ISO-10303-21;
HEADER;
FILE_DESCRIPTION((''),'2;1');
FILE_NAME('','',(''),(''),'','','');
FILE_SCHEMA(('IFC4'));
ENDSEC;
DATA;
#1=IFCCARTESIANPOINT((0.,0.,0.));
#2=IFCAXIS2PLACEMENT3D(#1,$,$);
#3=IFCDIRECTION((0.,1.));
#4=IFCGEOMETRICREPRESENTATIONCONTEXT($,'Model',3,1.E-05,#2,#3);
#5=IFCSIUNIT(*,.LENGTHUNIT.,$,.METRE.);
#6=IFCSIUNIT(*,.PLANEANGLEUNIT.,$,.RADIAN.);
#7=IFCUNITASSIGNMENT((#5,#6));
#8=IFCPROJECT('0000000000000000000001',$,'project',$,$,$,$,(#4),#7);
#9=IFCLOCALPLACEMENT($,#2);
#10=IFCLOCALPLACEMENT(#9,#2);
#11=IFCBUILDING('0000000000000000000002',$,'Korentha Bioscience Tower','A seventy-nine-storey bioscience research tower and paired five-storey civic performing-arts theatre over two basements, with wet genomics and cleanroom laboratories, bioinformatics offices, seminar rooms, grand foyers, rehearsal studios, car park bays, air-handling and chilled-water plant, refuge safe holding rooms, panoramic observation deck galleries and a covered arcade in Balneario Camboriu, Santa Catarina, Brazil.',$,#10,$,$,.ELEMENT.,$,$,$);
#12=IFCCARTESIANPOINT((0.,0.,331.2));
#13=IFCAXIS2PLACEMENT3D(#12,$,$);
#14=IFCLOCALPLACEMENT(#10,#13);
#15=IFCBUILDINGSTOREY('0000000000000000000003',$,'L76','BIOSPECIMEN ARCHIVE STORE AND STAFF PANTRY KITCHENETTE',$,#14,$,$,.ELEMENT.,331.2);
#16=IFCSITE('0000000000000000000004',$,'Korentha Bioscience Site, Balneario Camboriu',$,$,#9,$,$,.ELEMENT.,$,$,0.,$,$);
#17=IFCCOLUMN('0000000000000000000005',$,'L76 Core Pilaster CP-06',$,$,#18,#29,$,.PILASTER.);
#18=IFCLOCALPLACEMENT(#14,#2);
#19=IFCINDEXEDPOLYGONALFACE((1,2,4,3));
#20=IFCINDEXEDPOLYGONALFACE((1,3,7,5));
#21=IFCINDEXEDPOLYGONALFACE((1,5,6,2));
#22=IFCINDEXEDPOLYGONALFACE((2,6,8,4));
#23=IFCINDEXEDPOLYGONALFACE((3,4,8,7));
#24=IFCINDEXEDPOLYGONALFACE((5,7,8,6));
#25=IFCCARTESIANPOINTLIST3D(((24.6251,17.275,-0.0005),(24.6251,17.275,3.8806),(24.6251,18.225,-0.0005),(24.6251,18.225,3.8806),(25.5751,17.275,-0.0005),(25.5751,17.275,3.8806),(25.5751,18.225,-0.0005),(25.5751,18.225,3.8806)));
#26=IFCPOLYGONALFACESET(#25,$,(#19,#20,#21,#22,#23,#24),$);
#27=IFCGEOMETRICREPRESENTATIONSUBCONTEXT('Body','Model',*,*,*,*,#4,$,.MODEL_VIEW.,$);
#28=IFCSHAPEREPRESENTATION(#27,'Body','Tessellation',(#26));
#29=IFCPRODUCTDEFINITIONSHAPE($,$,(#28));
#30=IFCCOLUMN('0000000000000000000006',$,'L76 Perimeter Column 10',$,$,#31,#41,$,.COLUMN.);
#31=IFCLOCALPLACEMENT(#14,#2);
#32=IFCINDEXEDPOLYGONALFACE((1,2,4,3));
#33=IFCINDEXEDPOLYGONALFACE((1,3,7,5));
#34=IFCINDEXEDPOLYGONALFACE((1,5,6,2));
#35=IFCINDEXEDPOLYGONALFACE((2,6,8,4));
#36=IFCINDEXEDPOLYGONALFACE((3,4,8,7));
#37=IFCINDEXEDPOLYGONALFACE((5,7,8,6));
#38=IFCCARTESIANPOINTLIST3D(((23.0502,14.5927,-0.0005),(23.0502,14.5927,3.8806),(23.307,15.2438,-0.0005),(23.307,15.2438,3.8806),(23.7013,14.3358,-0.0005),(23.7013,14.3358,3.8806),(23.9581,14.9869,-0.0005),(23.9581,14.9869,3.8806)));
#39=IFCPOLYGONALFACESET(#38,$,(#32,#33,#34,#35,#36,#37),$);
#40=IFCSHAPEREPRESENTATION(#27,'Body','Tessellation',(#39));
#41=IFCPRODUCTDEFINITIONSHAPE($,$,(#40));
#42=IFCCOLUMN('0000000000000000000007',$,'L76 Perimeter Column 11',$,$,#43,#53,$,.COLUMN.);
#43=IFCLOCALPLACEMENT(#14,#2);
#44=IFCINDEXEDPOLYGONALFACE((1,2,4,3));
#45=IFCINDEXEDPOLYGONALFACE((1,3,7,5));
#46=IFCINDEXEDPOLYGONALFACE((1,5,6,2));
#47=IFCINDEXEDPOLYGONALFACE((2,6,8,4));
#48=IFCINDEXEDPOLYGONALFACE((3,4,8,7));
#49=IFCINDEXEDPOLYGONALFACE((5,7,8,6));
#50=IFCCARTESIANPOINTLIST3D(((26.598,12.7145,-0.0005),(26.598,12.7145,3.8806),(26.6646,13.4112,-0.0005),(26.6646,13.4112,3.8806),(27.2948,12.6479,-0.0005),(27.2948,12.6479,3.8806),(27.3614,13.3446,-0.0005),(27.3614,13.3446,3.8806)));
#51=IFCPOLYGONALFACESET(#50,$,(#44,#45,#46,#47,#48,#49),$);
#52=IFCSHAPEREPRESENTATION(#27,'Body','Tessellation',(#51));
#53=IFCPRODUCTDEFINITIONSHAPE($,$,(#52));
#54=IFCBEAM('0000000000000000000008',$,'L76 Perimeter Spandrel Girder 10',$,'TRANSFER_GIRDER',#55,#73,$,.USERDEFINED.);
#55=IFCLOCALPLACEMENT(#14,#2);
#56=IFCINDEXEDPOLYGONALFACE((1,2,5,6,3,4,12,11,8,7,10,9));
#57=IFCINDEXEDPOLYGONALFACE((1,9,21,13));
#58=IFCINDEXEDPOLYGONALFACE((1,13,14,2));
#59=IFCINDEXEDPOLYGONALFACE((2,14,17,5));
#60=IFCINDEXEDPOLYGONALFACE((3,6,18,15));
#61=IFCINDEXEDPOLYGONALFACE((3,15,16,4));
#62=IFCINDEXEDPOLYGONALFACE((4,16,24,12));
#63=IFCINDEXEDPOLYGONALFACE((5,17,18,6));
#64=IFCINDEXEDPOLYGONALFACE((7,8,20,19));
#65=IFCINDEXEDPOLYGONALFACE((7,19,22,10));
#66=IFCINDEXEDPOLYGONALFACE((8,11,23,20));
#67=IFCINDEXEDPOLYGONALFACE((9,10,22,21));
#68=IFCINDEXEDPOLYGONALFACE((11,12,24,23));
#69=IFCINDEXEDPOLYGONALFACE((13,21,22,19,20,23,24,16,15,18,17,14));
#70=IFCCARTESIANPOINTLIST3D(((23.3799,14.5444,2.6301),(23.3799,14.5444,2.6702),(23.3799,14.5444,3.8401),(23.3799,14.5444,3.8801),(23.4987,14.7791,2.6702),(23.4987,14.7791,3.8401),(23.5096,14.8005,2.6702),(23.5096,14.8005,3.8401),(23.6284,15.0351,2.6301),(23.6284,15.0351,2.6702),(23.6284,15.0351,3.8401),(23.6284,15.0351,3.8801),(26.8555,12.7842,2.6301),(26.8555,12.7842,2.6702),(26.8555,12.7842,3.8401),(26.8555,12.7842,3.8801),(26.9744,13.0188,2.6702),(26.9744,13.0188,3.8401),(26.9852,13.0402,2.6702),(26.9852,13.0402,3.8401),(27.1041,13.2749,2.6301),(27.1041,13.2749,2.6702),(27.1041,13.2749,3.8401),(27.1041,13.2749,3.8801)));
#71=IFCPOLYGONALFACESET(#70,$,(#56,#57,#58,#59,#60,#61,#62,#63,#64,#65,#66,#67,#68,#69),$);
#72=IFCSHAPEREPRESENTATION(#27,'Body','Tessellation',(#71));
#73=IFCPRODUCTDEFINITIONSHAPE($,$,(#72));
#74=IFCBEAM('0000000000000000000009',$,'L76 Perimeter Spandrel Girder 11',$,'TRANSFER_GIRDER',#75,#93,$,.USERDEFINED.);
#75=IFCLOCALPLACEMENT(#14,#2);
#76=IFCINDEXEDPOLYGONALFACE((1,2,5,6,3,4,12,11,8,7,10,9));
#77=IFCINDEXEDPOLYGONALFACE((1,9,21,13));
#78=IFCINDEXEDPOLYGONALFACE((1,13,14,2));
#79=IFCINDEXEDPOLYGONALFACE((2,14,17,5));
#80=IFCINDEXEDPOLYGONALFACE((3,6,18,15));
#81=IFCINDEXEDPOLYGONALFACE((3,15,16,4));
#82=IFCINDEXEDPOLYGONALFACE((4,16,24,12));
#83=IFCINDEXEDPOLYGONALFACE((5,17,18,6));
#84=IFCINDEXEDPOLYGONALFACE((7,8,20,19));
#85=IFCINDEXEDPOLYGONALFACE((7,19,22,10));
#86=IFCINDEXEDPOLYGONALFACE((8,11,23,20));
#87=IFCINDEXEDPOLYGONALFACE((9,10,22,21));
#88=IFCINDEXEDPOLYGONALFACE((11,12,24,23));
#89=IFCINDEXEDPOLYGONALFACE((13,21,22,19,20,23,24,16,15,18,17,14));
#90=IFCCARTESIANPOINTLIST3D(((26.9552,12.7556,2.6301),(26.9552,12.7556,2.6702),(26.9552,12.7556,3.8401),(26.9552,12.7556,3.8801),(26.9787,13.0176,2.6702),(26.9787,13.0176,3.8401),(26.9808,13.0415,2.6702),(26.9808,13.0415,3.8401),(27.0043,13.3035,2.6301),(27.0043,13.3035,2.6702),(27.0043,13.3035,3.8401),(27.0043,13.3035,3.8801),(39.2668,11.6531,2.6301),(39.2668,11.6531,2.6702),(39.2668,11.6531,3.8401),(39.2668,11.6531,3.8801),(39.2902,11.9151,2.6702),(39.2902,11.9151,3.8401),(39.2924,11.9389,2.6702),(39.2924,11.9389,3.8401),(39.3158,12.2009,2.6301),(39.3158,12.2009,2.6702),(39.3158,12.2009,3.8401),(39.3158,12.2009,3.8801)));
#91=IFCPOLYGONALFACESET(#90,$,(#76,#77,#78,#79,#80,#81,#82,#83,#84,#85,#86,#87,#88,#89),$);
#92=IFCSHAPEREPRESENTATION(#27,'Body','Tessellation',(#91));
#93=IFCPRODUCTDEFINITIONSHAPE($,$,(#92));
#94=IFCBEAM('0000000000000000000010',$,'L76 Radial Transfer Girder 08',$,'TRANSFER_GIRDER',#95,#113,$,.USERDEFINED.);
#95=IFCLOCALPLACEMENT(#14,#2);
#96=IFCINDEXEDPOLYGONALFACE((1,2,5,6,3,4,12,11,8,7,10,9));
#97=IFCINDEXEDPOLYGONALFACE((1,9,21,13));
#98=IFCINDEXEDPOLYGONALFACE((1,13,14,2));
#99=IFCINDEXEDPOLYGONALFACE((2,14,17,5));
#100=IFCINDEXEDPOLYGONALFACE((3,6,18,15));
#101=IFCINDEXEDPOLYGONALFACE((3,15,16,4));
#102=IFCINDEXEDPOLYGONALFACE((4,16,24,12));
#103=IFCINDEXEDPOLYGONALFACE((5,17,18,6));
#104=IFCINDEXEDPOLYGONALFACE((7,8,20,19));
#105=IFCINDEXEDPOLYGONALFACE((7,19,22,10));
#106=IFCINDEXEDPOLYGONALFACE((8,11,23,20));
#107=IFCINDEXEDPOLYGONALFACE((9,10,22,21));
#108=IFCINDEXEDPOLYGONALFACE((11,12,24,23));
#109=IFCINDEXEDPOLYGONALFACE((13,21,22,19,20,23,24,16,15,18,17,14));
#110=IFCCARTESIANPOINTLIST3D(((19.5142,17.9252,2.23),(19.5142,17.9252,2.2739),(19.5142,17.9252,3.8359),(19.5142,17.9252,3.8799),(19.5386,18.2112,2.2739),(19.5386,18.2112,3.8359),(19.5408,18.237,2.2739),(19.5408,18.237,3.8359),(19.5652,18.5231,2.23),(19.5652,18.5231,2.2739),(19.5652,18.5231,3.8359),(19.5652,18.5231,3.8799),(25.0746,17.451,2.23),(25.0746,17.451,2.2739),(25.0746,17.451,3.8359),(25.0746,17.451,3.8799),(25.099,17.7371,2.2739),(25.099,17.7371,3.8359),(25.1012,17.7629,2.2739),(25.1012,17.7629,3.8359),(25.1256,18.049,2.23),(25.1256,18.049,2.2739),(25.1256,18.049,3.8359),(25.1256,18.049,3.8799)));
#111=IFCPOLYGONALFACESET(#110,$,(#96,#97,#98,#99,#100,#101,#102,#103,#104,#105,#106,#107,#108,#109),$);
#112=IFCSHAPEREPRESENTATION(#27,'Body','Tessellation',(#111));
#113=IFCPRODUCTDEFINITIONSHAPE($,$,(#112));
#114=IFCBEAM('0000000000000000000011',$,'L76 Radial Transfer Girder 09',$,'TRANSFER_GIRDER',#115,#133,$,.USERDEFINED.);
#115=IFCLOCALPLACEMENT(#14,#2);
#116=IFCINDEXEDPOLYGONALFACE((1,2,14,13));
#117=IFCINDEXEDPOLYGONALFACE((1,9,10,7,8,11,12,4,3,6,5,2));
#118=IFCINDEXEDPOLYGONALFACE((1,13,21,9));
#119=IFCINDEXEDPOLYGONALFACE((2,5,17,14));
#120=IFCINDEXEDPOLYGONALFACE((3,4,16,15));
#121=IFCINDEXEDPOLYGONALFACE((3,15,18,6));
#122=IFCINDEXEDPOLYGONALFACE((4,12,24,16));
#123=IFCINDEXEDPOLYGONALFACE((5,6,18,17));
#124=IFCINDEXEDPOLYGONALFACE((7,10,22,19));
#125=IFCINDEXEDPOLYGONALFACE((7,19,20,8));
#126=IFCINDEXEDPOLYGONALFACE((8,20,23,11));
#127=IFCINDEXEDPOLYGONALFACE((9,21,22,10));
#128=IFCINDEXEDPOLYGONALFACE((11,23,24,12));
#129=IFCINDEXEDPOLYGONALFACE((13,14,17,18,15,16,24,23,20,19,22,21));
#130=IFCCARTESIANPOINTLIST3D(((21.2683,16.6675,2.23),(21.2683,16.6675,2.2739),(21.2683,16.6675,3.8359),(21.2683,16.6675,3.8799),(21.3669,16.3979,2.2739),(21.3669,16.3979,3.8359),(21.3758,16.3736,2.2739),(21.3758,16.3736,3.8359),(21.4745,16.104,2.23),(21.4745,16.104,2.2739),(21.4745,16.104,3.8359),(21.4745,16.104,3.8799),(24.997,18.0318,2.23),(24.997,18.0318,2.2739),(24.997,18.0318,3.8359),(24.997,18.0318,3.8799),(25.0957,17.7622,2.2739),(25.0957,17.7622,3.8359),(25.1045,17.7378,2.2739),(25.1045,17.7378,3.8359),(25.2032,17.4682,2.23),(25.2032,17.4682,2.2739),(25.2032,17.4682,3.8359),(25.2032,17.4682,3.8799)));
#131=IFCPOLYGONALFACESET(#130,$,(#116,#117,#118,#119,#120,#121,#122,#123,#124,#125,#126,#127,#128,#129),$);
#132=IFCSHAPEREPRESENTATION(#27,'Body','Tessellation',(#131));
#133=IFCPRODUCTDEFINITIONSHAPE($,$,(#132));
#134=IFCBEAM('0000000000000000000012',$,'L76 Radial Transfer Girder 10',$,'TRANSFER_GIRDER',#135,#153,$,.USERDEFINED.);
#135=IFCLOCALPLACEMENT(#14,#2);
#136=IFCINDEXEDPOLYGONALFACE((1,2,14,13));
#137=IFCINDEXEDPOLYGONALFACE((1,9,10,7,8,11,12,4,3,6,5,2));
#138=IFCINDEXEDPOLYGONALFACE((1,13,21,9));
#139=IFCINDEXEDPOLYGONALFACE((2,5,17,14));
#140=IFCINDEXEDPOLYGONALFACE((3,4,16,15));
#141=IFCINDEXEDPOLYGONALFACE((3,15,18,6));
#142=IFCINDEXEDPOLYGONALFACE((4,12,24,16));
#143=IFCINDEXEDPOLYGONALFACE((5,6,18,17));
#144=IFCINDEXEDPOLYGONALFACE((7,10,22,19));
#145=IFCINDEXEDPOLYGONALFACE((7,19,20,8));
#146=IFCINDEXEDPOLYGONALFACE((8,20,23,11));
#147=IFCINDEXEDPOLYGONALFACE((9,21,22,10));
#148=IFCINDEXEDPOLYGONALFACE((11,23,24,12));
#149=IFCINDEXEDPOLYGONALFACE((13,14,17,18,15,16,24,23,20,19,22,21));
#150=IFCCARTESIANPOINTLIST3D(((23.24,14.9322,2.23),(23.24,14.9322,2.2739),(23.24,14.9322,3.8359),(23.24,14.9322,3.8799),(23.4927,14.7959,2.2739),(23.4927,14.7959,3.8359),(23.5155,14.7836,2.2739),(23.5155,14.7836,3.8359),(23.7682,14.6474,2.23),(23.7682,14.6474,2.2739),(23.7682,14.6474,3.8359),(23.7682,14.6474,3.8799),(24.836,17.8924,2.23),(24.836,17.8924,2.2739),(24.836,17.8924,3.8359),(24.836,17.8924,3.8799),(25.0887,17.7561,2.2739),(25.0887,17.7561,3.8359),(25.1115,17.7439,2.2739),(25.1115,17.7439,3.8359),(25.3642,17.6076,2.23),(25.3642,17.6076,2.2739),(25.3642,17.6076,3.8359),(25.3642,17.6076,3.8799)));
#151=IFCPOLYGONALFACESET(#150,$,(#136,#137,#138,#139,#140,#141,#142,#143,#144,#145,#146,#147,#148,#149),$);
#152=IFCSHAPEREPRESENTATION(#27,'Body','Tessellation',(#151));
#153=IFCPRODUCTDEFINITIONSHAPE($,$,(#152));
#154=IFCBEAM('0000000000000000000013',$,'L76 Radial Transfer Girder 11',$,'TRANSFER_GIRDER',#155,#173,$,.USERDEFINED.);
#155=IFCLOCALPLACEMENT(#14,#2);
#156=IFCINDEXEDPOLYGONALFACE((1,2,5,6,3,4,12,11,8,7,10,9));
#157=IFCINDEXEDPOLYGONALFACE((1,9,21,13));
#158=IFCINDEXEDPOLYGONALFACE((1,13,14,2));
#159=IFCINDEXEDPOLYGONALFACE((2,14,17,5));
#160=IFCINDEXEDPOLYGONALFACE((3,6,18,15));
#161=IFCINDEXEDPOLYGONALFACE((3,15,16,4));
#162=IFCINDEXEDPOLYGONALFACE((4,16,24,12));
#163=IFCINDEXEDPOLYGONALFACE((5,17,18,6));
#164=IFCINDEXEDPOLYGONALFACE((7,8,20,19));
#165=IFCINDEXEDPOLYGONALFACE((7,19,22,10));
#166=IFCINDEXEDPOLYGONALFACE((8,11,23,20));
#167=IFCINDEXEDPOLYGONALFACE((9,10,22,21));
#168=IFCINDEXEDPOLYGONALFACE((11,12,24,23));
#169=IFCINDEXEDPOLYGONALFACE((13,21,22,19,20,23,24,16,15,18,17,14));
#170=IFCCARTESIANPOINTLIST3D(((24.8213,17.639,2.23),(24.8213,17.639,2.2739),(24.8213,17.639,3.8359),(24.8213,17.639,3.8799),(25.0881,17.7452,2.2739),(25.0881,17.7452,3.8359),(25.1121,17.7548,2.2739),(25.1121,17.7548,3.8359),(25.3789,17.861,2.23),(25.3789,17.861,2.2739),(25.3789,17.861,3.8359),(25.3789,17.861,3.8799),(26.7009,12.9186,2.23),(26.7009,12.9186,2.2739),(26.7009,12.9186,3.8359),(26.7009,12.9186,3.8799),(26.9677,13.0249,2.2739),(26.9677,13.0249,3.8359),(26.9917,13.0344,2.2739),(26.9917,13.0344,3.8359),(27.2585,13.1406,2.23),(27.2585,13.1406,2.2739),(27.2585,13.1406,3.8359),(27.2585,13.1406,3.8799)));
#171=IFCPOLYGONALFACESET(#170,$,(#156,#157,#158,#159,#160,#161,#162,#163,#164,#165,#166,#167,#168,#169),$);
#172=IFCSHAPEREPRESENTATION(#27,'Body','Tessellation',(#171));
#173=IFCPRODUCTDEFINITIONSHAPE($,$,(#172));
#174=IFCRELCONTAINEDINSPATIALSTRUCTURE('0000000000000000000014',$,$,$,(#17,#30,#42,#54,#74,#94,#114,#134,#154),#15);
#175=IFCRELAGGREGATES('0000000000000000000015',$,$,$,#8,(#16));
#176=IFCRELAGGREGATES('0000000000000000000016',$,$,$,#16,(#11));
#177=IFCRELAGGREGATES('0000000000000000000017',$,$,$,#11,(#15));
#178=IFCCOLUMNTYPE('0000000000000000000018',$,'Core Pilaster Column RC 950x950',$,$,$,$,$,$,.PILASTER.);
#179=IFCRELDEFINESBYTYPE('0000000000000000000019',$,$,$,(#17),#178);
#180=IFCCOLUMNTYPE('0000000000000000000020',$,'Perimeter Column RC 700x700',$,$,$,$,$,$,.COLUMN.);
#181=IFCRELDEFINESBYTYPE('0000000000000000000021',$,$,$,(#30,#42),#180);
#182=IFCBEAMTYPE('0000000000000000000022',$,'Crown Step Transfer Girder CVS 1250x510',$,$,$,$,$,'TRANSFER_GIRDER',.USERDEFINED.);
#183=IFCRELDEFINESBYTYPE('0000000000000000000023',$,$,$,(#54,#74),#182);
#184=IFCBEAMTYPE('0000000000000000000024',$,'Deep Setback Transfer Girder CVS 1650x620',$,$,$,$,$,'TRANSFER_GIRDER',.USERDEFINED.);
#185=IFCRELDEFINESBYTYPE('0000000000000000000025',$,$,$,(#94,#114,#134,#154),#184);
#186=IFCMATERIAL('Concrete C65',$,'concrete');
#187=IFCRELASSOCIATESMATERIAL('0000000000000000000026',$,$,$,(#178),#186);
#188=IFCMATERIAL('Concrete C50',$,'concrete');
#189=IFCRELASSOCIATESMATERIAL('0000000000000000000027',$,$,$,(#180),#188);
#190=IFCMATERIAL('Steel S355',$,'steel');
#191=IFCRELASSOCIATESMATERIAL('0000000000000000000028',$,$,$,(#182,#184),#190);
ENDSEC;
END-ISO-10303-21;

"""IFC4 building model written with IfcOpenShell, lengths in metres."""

from ifc_helpers import new_model, si_unit, direction, frame, origin, origin_2d, place, context, subcontext, project, spatial, rectangle, i_section, extrude, material, material_profile, profile_set, type_object, element, save


model = new_model("IFC4")

# Units and contexts
model_context = context("Model", 3, precision=1e-05, world=origin(), true_north=direction((0.0, 1.0)))
body_context = subcontext(model_context, "Body", "Model", "MODEL_VIEW")
ifc_project = project(units=[si_unit("LENGTHUNIT", "METRE"), si_unit("PLANEANGLEUNIT", "RADIAN")], contexts=[model_context])

# Site, building, storey
site_placement = place(None, origin())
site = spatial("IfcSite", under=ifc_project, at=site_placement, Name="Korentha Bioscience Site, Balneario Camboriu", CompositionType="ELEMENT", RefElevation=0.0)
building_placement = place(site_placement, origin())
building = spatial("IfcBuilding", under=site, at=building_placement, Name="Korentha Bioscience Tower", Description="A seventy-nine-storey bioscience research tower and paired five-storey civic performing-arts theatre over two basements, with wet genomics and cleanroom laboratories, bioinformatics offices, seminar rooms, grand foyers, rehearsal studios, car park bays, air-handling and chilled-water plant, refuge safe holding rooms, panoramic observation deck galleries and a covered arcade in Balneario Camboriu, Santa Catarina, Brazil.", CompositionType="ELEMENT")
storey_placement = place(building_placement, frame((0.0, 0.0, 331.2)))
storey = spatial("IfcBuildingStorey", under=building, at=storey_placement, Name="L76", Description="BIOSPECIMEN ARCHIVE STORE AND STAFF PANTRY KITCHENETTE", CompositionType="ELEMENT", Elevation=331.2)

# Columns
ifc_material_1 = material(Name="Concrete C65", Category="concrete")
ifc_material_profile_1 = material_profile(ifc_material_1, rectangle(XDim=0.95, YDim=0.95, at=origin_2d()), Name="Concrete C65")
ifc_profile_set_1 = profile_set([ifc_material_profile_1], Name="Concrete C65 (COL-CP09)")
column_type_1 = type_object("IfcColumnType", Name="Core Pilaster Column RC 950x950", PredefinedType="PILASTER", material=ifc_profile_set_1)
column_placement = place(storey_placement, frame((25.1001, 17.75, -0.0005), z_axis=(0.0, 0.0, 1.0), x_axis=(1.0, 0.0, 0.0)))
element("IfcColumn", 1, at=column_placement, inside=storey, type_object=column_type_1, Name="L76 Core Pilaster CP-06", PredefinedType="PILASTER", context=body_context, shape_type="SweptSolid", body=[
    extrude(rectangle(XDim=0.95, YDim=0.95, at=origin_2d()), origin(), (0.0, 0.0, 1.0), 3.8811),
])
ifc_material_2 = material(Name="Concrete C50", Category="concrete")
ifc_material_profile_2 = material_profile(ifc_material_2, rectangle(XDim=0.7, YDim=0.7, at=origin_2d()), Name="Concrete C50")
ifc_profile_set_2 = profile_set([ifc_material_profile_2], Name="Concrete C50 (COL-P07)")
column_type_2 = type_object("IfcColumnType", Name="Perimeter Column RC 700x700", PredefinedType="COLUMN", material=ifc_profile_set_2)
for number, where, z_axis, x_axis, name in (
    (2, (23.5042, 14.7898, -0.0005), (0.0, 0.0, 1.0), (-0.930226, 0.366988, 0.0), "L76 Perimeter Column 10"),
    (3, (26.9797, 13.0295, -0.0005), (0.0, 0.0, 1.0), (-0.995463, 0.095151, 0.0), "L76 Perimeter Column 11"),
):
    element("IfcColumn", number, at=place(storey_placement, frame(where, z_axis=z_axis, x_axis=x_axis)), inside=storey, type_object=column_type_2, Name=name, PredefinedType="COLUMN", context=body_context, shape_type="SweptSolid", body=[
        extrude(rectangle(XDim=0.7, YDim=0.7, at=origin_2d()), origin(), (0.0, 0.0, 1.0), 3.8811),
    ])

# Beams
ifc_material_3 = material(Name="Steel S355", Category="steel")
ifc_material_profile_3 = material_profile(ifc_material_3, i_section(OverallWidth=0.55, OverallDepth=1.25, WebThickness=0.0239, FlangeThickness=0.04, at=origin_2d()), Name="Steel S355")
ifc_profile_set_3 = profile_set([ifc_material_profile_3], Name="Steel S355 (TG-03)")
beam_type_1 = type_object("IfcBeamType", Name="Crown Step Transfer Girder CVS 1250x510", ElementType="TRANSFER_GIRDER", PredefinedType="USERDEFINED", material=ifc_profile_set_3)
beam_1_placement = place(storey_placement, frame((23.5042, 14.7898, 3.2551), z_axis=(0.892109, -0.45182, 0.0), x_axis=(0.45182, 0.892109, 0.0)))
element("IfcBeam", 4, at=beam_1_placement, inside=storey, type_object=beam_type_1, Name="L76 Perimeter Spandrel Girder 10", ObjectType="TRANSFER_GIRDER", PredefinedType="USERDEFINED", context=body_context, shape_type="SweptSolid", body=[
    extrude(i_section(OverallWidth=0.55, OverallDepth=1.25, WebThickness=0.0239, FlangeThickness=0.04, at=origin_2d()), origin(), (0.0, 0.0, 1.0), 3.896),
])
beam_2_placement = place(storey_placement, frame((26.9797, 13.0295, 3.2551), z_axis=(0.996014, -0.089196, 0.0), x_axis=(0.089196, 0.996014, 0.0)))
element("IfcBeam", 5, at=beam_2_placement, inside=storey, type_object=beam_type_1, Name="L76 Perimeter Spandrel Girder 11", ObjectType="TRANSFER_GIRDER", PredefinedType="USERDEFINED", context=body_context, shape_type="SweptSolid", body=[
    extrude(i_section(OverallWidth=0.55, OverallDepth=1.25, WebThickness=0.0239, FlangeThickness=0.04, at=origin_2d()), origin(), (0.0, 0.0, 1.0), 12.3608),
])
ifc_material_profile_4 = material_profile(ifc_material_3, i_section(OverallWidth=0.6001, OverallDepth=1.6499, WebThickness=0.0259, FlangeThickness=0.0439, at=origin_2d()), Name="Steel S355")
ifc_profile_set_4 = profile_set([ifc_material_profile_4], Name="Steel S355 (TG-04)")
beam_type_2 = type_object("IfcBeamType", Name="Deep Setback Transfer Girder CVS 1650x620", ElementType="TRANSFER_GIRDER", PredefinedType="USERDEFINED", material=ifc_profile_set_4)
beam_3_placement = place(storey_placement, frame((25.1001, 17.75, 3.0549), z_axis=(-0.996384, 0.084961, 0.0), x_axis=(-0.084961, -0.996384, 0.0)))
element("IfcBeam", 6, at=beam_3_placement, inside=storey, type_object=beam_type_2, Name="L76 Radial Transfer Girder 08", ObjectType="TRANSFER_GIRDER", PredefinedType="USERDEFINED", context=body_context, shape_type="SweptSolid", body=[
    extrude(i_section(OverallWidth=0.6001, OverallDepth=1.6499, WebThickness=0.0259, FlangeThickness=0.0439, at=origin_2d()), origin(), (0.0, 0.0, 1.0), 5.5806),
])
beam_4_placement = place(storey_placement, frame((25.1001, 17.75, 3.0549), z_axis=(-0.939117, -0.343599, 0.0), x_axis=(0.343599, -0.939117, 0.0)))
element("IfcBeam", 7, at=beam_4_placement, inside=storey, type_object=beam_type_2, Name="L76 Radial Transfer Girder 09", ObjectType="TRANSFER_GIRDER", PredefinedType="USERDEFINED", context=body_context, shape_type="SweptSolid", body=[
    extrude(i_section(OverallWidth=0.6001, OverallDepth=1.6499, WebThickness=0.0259, FlangeThickness=0.0439, at=origin_2d()), origin(), (0.0, 0.0, 1.0), 3.9705),
])
beam_5_placement = place(storey_placement, frame((25.1001, 17.75, 3.0549), z_axis=(-0.474559, -0.880224, 0.0), x_axis=(0.880224, -0.474559, 0.0)))
element("IfcBeam", 8, at=beam_5_placement, inside=storey, type_object=beam_type_2, Name="L76 Radial Transfer Girder 10", ObjectType="TRANSFER_GIRDER", PredefinedType="USERDEFINED", context=body_context, shape_type="SweptSolid", body=[
    extrude(i_section(OverallWidth=0.6001, OverallDepth=1.6499, WebThickness=0.0259, FlangeThickness=0.0439, at=origin_2d()), origin(), (0.0, 0.0, 1.0), 3.363),
])
beam_6_placement = place(storey_placement, frame((25.1001, 17.75, 3.0549), z_axis=(0.36994, -0.929055, 0.0), x_axis=(0.929055, 0.36994, 0.0)))
element("IfcBeam", 9, at=beam_6_placement, inside=storey, type_object=beam_type_2, Name="L76 Radial Transfer Girder 11", ObjectType="TRANSFER_GIRDER", PredefinedType="USERDEFINED", context=body_context, shape_type="SweptSolid", body=[
    extrude(i_section(OverallWidth=0.6001, OverallDepth=1.6499, WebThickness=0.0259, FlangeThickness=0.0439, at=origin_2d()), origin(), (0.0, 0.0, 1.0), 5.0808),
])

save(model, "model.ifc")
